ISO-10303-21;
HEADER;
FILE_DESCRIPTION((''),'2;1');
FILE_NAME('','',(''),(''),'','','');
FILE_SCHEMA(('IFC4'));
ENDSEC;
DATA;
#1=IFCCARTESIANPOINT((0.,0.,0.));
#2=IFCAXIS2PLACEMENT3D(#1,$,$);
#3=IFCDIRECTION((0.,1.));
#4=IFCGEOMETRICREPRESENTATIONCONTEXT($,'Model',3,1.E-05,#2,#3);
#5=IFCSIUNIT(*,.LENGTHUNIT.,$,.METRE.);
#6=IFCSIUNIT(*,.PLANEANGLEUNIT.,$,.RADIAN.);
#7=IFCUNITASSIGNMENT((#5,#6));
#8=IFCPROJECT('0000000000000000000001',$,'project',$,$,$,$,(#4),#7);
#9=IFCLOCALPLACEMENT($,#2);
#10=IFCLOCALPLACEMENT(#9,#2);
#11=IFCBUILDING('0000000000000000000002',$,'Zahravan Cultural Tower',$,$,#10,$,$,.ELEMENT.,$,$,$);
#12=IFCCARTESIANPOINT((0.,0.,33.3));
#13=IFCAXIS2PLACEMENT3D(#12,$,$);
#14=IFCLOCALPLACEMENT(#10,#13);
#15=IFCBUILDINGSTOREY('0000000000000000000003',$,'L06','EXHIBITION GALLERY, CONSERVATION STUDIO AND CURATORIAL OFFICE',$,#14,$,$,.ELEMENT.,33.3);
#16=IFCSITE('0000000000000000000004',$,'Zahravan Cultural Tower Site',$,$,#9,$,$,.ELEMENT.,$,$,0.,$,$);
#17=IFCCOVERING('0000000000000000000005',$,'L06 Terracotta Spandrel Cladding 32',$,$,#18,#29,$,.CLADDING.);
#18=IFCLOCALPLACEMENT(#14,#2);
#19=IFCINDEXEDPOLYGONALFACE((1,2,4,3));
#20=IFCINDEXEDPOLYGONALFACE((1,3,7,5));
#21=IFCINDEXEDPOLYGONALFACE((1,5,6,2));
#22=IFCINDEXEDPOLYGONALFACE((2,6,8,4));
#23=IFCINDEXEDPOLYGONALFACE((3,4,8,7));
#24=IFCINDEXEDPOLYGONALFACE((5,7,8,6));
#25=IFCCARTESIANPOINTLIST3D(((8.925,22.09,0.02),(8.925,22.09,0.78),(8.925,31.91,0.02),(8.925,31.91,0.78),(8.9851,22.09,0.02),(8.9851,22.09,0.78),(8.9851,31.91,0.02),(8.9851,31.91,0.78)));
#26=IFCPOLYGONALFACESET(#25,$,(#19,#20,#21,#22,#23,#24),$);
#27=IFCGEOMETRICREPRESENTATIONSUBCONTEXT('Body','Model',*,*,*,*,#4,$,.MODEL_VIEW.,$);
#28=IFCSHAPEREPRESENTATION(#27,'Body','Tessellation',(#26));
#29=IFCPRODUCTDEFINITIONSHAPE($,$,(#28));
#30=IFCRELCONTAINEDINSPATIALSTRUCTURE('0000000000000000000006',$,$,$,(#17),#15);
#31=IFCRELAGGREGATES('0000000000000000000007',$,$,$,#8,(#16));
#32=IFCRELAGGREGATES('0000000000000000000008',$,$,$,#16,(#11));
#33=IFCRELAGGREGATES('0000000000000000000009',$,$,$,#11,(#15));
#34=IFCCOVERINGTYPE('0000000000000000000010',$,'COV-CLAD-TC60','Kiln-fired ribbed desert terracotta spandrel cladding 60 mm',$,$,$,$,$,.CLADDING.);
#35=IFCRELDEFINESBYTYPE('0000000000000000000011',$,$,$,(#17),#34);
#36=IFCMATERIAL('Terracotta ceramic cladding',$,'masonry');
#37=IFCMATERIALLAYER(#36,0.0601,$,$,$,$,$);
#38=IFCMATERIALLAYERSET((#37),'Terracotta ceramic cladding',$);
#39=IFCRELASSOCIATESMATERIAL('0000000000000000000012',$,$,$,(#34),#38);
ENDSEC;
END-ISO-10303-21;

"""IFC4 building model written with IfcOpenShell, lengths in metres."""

from ifc_helpers import new_model, si_unit, direction, frame, origin, origin_2d, place, context, subcontext, project, spatial, rectangle, extrude, source, transform, mapped, material, layer, layer_set, type_object, element, save


model = new_model("IFC4")

# Units and contexts
model_context = context("Model", 3, precision=1e-05, world=origin(), true_north=direction((0.0, 1.0)))
body_context = subcontext(model_context, "Body", "Model", "MODEL_VIEW")
ifc_project = project(units=[si_unit("LENGTHUNIT", "METRE"), si_unit("PLANEANGLEUNIT", "RADIAN")], contexts=[model_context])

# Site, building, storey
site_placement = place(None, origin())
site = spatial("IfcSite", under=ifc_project, at=site_placement, Name="Zahravan Cultural Tower Site", CompositionType="ELEMENT", RefElevation=0.0)
building_placement = place(site_placement, origin())
building = spatial("IfcBuilding", under=site, at=building_placement, Name="Zahravan Cultural Tower", CompositionType="ELEMENT")
storey_placement = place(building_placement, frame((0.0, 0.0, 33.3)))
storey = spatial("IfcBuildingStorey", under=building, at=storey_placement, Name="L06", Description="EXHIBITION GALLERY, CONSERVATION STUDIO AND CURATORIAL OFFICE", CompositionType="ELEMENT", Elevation=33.3)

# Covering
ifc_material_1 = material(Name="Terracotta ceramic cladding", Category="masonry")
ifc_layer_1 = layer(ifc_material_1, 0.0601)
ifc_layer_set_1 = layer_set([ifc_layer_1], Name="Terracotta ceramic cladding")
covering_type = type_object("IfcCoveringType", Name="COV-CLAD-TC60", Description="Kiln-fired ribbed desert terracotta spandrel cladding 60 mm", PredefinedType="CLADDING", material=ifc_layer_set_1)
shared_shape_1 = source(origin(), body_context, "Body", "SweptSolid", [
    extrude(rectangle(XDim=9.8201, YDim=0.0601, at=origin_2d()), origin(), (0.0, 0.0, 1.0), 0.76),
])
covering_placement = place(storey_placement, frame((8.9551, 27.0, 0.02), z_axis=(0.0, 0.0, 1.0), x_axis=(0.0, 1.0, 0.0)))
element("IfcCovering", 1, at=covering_placement, inside=storey, type_object=covering_type, Name="L06 Terracotta Spandrel Cladding 32", PredefinedType="CLADDING", context=body_context, shape_type="MappedRepresentation", body=[
    mapped(shared_shape_1, transform((0.0, 0.0, 0.0), x_axis=(1.0, 0.0, 0.0), y_axis=(0.0, 1.0, 0.0), z_axis=(0.0, 0.0, 1.0), scale=1.0)),
])

save(model, "model.ifc")
